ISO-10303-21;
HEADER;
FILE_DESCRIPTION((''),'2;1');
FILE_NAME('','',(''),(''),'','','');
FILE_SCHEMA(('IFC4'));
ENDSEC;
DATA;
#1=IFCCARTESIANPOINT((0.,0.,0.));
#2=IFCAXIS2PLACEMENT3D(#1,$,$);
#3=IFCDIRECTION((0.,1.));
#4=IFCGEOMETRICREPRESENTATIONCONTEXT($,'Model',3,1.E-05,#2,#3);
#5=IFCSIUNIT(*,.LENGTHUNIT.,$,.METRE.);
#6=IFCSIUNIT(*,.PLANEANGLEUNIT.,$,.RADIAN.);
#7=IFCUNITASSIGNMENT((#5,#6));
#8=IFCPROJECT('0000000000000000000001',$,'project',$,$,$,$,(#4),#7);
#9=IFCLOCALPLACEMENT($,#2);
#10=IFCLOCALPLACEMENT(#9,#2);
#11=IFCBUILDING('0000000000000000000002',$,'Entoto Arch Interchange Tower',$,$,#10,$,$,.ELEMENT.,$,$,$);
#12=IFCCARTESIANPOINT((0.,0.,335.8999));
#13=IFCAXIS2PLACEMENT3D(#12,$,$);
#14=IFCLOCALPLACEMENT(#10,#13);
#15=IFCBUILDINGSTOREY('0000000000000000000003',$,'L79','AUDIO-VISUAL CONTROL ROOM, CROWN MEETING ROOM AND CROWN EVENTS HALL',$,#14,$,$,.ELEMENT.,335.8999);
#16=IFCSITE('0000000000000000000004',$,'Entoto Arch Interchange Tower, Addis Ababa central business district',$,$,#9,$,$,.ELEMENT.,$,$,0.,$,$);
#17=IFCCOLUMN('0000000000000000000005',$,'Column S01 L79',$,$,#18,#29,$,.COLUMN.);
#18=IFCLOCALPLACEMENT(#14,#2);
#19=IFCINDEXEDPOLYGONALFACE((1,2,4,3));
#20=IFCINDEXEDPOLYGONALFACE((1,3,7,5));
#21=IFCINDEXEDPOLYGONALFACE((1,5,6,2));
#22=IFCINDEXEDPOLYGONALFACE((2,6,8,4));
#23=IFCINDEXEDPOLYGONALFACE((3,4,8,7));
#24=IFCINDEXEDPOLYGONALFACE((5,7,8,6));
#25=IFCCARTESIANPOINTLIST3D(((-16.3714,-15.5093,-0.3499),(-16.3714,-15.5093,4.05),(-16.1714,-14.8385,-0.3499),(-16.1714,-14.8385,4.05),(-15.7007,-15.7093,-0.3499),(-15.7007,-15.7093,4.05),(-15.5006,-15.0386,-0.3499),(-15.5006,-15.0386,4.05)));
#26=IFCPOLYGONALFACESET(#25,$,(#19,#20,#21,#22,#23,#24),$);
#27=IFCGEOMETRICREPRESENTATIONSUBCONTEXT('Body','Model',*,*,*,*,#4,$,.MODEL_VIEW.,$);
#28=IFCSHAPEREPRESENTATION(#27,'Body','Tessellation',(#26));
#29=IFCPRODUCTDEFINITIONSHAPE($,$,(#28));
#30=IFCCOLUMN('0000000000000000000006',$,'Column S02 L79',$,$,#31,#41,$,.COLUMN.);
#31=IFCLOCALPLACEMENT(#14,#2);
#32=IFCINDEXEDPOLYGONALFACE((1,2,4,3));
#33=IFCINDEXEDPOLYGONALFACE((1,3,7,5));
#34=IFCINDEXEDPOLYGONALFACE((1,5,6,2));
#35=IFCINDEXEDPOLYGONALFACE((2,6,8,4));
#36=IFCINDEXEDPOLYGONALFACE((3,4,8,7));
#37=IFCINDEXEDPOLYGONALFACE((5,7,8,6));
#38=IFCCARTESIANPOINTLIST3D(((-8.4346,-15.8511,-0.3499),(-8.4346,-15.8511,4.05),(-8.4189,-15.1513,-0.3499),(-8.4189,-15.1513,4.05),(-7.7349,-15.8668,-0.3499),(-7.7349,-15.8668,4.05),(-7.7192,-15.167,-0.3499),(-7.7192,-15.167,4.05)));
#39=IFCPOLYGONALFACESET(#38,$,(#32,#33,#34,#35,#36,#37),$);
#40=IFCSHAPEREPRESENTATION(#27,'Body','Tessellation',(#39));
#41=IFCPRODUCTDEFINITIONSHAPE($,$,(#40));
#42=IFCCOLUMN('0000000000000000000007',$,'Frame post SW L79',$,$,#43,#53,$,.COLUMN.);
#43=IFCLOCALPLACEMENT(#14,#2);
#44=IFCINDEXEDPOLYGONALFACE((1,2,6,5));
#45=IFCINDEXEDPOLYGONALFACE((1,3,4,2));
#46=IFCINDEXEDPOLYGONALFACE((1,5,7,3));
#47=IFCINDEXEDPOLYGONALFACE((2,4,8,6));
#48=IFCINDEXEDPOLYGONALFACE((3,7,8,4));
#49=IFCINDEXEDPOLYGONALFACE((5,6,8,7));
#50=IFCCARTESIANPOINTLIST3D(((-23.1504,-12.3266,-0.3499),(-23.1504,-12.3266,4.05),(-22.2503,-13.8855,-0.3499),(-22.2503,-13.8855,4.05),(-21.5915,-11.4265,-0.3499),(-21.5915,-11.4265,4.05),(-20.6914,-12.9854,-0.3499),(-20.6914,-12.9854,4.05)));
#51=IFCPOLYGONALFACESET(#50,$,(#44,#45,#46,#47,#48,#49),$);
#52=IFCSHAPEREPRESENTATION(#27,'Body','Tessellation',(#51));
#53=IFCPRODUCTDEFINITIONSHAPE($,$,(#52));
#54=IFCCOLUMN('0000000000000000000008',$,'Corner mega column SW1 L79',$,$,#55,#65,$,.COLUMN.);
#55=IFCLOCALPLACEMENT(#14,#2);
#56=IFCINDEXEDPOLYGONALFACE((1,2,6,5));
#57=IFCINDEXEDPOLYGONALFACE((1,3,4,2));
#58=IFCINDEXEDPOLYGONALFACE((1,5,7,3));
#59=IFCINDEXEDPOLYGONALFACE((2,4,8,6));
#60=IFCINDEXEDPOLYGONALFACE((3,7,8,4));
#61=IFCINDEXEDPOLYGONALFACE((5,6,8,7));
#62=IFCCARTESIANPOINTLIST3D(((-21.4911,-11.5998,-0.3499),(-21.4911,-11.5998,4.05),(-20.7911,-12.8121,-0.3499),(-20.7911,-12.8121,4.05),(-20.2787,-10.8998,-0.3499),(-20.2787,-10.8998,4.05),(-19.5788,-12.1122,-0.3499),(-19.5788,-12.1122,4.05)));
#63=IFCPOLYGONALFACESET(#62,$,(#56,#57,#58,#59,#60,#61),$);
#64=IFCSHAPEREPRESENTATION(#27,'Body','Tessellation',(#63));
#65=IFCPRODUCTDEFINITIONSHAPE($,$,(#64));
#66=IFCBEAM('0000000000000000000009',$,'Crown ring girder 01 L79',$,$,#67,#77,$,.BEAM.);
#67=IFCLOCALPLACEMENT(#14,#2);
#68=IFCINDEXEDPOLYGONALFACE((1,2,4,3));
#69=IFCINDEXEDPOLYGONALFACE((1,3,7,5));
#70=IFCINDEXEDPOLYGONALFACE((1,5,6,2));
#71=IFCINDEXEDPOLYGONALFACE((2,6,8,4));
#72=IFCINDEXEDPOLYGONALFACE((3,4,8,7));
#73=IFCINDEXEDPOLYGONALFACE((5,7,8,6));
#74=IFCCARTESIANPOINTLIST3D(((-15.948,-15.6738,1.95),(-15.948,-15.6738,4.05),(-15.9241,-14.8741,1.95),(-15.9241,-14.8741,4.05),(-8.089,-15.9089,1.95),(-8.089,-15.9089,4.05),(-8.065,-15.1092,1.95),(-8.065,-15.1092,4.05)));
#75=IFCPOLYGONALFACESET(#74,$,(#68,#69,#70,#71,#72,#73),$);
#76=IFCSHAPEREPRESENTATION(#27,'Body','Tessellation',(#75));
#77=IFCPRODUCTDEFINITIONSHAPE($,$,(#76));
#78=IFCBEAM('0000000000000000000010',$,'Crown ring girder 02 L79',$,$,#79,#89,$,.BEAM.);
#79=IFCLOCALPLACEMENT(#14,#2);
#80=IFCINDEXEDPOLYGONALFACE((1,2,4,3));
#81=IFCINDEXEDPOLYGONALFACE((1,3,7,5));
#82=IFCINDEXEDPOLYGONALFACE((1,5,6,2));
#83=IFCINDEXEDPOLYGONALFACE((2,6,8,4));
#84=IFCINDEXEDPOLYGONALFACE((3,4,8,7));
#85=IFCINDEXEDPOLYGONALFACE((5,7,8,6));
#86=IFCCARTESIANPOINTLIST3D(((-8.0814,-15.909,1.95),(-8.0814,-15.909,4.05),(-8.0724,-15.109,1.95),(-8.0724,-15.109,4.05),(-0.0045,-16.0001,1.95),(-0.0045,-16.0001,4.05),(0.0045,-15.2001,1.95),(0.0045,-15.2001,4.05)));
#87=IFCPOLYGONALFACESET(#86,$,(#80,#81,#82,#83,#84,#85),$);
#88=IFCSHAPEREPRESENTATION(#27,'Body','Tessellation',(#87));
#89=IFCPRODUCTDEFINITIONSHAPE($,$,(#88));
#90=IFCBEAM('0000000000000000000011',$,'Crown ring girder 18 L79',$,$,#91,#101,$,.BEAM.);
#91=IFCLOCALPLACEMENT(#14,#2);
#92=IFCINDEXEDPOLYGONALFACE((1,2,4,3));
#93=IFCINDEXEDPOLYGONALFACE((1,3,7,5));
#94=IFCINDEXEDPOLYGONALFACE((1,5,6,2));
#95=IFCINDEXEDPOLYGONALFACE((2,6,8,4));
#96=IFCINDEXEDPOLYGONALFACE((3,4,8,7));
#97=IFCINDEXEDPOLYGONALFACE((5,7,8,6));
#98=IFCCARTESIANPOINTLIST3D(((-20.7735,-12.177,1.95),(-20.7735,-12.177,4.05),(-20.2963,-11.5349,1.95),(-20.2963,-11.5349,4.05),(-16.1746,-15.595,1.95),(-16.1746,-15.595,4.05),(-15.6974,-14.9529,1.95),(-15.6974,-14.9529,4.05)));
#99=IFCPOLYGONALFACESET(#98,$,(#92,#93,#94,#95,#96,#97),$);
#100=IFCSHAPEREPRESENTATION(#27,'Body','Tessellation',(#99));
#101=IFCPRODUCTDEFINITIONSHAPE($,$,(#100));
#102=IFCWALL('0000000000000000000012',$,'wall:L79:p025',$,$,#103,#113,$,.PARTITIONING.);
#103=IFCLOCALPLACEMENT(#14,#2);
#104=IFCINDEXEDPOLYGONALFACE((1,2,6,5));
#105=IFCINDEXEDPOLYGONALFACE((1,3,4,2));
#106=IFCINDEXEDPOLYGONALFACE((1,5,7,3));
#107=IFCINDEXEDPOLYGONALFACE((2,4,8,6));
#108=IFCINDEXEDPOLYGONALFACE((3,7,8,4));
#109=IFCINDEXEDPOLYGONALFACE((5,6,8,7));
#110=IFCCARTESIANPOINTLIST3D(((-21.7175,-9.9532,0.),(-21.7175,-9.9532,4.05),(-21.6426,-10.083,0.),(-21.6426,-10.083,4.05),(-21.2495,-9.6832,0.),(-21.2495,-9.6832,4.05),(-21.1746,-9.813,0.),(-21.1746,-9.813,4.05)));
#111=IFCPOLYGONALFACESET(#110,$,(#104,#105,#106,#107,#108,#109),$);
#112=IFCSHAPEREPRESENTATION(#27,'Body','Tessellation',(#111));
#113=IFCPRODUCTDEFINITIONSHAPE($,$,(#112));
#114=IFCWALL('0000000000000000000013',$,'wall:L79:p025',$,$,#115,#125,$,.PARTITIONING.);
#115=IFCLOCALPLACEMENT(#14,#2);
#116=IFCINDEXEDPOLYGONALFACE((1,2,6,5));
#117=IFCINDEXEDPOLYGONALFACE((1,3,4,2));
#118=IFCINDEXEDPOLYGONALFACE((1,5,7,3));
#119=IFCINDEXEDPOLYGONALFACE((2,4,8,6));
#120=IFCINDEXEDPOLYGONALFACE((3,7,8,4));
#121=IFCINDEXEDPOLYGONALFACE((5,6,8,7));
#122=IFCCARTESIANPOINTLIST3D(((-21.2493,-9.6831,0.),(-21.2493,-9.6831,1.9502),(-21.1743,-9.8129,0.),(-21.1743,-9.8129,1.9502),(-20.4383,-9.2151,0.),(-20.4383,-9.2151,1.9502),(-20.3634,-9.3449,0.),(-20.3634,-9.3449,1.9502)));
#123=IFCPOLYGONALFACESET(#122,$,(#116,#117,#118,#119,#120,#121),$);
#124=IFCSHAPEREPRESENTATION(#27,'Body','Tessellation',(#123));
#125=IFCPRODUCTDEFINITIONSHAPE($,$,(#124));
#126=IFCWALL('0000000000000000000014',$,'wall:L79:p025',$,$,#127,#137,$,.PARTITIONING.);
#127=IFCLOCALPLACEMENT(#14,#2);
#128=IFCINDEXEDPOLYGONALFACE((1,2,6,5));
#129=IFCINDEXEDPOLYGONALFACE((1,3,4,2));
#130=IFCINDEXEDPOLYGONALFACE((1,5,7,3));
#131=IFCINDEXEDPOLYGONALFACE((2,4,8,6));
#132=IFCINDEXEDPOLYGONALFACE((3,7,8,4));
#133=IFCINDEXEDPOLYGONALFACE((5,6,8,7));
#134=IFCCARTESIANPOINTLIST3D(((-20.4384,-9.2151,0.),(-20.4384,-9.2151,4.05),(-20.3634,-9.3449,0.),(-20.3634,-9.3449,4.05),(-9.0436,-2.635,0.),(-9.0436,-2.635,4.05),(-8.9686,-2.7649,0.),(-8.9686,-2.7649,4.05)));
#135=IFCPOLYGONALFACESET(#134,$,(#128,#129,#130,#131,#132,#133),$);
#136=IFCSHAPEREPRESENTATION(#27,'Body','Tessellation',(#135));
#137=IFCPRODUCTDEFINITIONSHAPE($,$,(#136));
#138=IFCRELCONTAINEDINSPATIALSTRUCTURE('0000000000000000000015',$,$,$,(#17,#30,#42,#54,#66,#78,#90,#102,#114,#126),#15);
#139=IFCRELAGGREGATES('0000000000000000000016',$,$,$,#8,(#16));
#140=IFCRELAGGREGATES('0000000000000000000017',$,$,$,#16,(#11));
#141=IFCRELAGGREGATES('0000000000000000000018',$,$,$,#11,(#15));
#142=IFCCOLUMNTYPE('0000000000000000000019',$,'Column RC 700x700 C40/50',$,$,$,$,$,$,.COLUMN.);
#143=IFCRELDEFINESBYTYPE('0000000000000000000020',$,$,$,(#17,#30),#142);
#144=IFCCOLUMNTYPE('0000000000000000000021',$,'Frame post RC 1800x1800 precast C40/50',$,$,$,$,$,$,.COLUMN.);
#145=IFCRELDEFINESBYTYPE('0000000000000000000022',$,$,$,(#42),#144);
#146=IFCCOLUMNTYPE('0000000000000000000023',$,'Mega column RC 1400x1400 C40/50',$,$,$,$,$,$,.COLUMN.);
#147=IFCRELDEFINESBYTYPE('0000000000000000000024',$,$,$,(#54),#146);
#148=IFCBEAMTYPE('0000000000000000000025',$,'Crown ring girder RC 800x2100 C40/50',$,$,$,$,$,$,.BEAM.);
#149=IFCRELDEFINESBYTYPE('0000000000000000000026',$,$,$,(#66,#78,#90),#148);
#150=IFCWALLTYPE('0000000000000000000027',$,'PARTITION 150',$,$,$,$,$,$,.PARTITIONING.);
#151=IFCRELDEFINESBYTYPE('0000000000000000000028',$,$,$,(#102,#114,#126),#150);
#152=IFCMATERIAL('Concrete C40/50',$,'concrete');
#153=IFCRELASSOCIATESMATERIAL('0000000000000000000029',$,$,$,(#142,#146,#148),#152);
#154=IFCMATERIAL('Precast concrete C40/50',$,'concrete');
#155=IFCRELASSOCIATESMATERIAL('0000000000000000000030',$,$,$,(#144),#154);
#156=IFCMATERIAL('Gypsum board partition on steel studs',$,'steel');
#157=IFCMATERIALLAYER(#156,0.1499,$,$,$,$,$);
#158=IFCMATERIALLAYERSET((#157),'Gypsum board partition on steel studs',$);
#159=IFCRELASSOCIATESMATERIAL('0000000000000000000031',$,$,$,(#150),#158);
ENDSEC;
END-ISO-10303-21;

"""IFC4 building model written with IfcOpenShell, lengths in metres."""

from ifc_helpers import new_model, si_unit, direction, frame, frame_2d, origin, origin_2d, place, context, subcontext, project, spatial, rectangle, extrude, material, layer, layer_set, material_profile, profile_set, type_object, element, save


model = new_model("IFC4")

# Units and contexts
model_context = context("Model", 3, precision=1e-05, world=origin(), true_north=direction((0.0, 1.0)))
body_context = subcontext(model_context, "Body", "Model", "MODEL_VIEW")
ifc_project = project(units=[si_unit("LENGTHUNIT", "METRE"), si_unit("PLANEANGLEUNIT", "RADIAN")], contexts=[model_context])

# Site, building, storey
site_placement = place(None, origin())
site = spatial("IfcSite", under=ifc_project, at=site_placement, Name="Entoto Arch Interchange Tower, Addis Ababa central business district", CompositionType="ELEMENT", RefElevation=0.0)
building_placement = place(site_placement, origin())
building = spatial("IfcBuilding", under=site, at=building_placement, Name="Entoto Arch Interchange Tower", CompositionType="ELEMENT")
storey_placement = place(building_placement, frame((0.0, 0.0, 335.8999)))
storey = spatial("IfcBuildingStorey", under=building, at=storey_placement, Name="L79", Description="AUDIO-VISUAL CONTROL ROOM, CROWN MEETING ROOM AND CROWN EVENTS HALL", CompositionType="ELEMENT", Elevation=335.8999)

# Columns
ifc_material_1 = material(Name="Concrete C40/50", Category="concrete")
ifc_material_profile_1 = material_profile(ifc_material_1, rectangle(XDim=0.7, YDim=0.7, at=origin_2d()))
ifc_profile_set_1 = profile_set([ifc_material_profile_1], Name="Concrete C40/50")
column_type_1 = type_object("IfcColumnType", Name="Column RC 700x700 C40/50", PredefinedType="COLUMN", material=ifc_profile_set_1)
for number, where, z_axis, x_axis, name in (
    (1, (-15.936, -15.2739, -0.3499), (0.0, 0.0, 1.0), (-0.958288, 0.285805, 0.0), "Column S01 L79"),
    (2, (-8.0769, -15.509, -0.3499), (0.0, 0.0, 1.0), (-0.999748, 0.022443, 0.0), "Column S02 L79"),
):
    element("IfcColumn", number, at=place(storey_placement, frame(where, z_axis=z_axis, x_axis=x_axis)), inside=storey, type_object=column_type_1, Name=name, PredefinedType="COLUMN", context=body_context, shape_type="SweptSolid", body=[
        extrude(rectangle(XDim=0.7, YDim=0.7, at=origin_2d()), origin(), (0.0, 0.0, 1.0), 4.3999),
    ])
ifc_material_2 = material(Name="Precast concrete C40/50", Category="concrete")
ifc_material_profile_2 = material_profile(ifc_material_2, rectangle(XDim=1.8, YDim=1.8, at=origin_2d()))
ifc_profile_set_2 = profile_set([ifc_material_profile_2], Name="Precast concrete C40/50")
column_type_2 = type_object("IfcColumnType", Name="Frame post RC 1800x1800 precast C40/50", PredefinedType="COLUMN", material=ifc_profile_set_2)
column_1_placement = place(storey_placement, frame((-21.9209, -12.656, -0.3499), z_axis=(0.0, 0.0, 1.0), x_axis=(0.866025, 0.5, 0.0)))
element("IfcColumn", 3, at=column_1_placement, inside=storey, type_object=column_type_2, Name="Frame post SW L79", PredefinedType="COLUMN", context=body_context, shape_type="SweptSolid", body=[
    extrude(rectangle(XDim=1.8, YDim=1.8, at=origin_2d()), origin(), (0.0, 0.0, 1.0), 4.3999),
])
ifc_material_profile_3 = material_profile(ifc_material_1, rectangle(XDim=1.3999, YDim=1.3999, at=origin_2d()))
ifc_profile_set_3 = profile_set([ifc_material_profile_3], Name="Concrete C40/50")
column_type_3 = type_object("IfcColumnType", Name="Mega column RC 1400x1400 C40/50", PredefinedType="COLUMN", material=ifc_profile_set_3)
column_2_placement = place(storey_placement, frame((-20.5349, -11.856, -0.3499), z_axis=(0.0, 0.0, 1.0), x_axis=(0.866025, 0.5, 0.0)))
element("IfcColumn", 4, at=column_2_placement, inside=storey, type_object=column_type_3, Name="Corner mega column SW1 L79", PredefinedType="COLUMN", context=body_context, shape_type="SweptSolid", body=[
    extrude(rectangle(XDim=1.3999, YDim=1.3999, at=origin_2d()), origin(), (0.0, 0.0, 1.0), 4.3999),
])

# Beams
ifc_material_profile_4 = material_profile(ifc_material_1, rectangle(XDim=0.8, YDim=2.1001, at=origin_2d()))
ifc_profile_set_4 = profile_set([ifc_material_profile_4], Name="Concrete C40/50")
beam_type = type_object("IfcBeamType", Name="Crown ring girder RC 800x2100 C40/50", PredefinedType="BEAM", material=ifc_profile_set_4)
beam_1_placement = place(storey_placement, frame((-15.936, -15.2739, 3.0), z_axis=(0.999553, -0.029902, 0.0), x_axis=(0.029902, 0.999553, 0.0)))
element("IfcBeam", 5, at=beam_1_placement, inside=storey, type_object=beam_type, Name="Crown ring girder 01 L79", PredefinedType="BEAM", context=body_context, shape_type="SweptSolid", body=[
    extrude(rectangle(XDim=0.8, YDim=2.1001, at=origin_2d()), origin(), (0.0, 0.0, 1.0), 7.8625),
])
beam_2_placement = place(storey_placement, frame((-8.0769, -15.509, 3.0), z_axis=(0.999936, -0.011274, 0.0), x_axis=(0.011274, 0.999936, 0.0)))
element("IfcBeam", 6, at=beam_2_placement, inside=storey, type_object=beam_type, Name="Crown ring girder 02 L79", PredefinedType="BEAM", context=body_context, shape_type="SweptSolid", body=[
    extrude(rectangle(XDim=0.8, YDim=2.1001, at=origin_2d()), origin(), (0.0, 0.0, 1.0), 8.0774),
])
beam_3_placement = place(storey_placement, frame((-20.5349, -11.856, 3.0), z_axis=(0.802605, -0.596511, 0.0), x_axis=(0.596511, 0.802605, 0.0)))
element("IfcBeam", 7, at=beam_3_placement, inside=storey, type_object=beam_type, Name="Crown ring girder 18 L79", PredefinedType="BEAM", context=body_context, shape_type="SweptSolid", body=[
    extrude(rectangle(XDim=0.8, YDim=2.1001, at=origin_2d()), origin(), (0.0, 0.0, 1.0), 5.73),
])

# Walls
ifc_material_3 = material(Name="Gypsum board partition on steel studs", Category="steel")
ifc_layer_1 = layer(ifc_material_3, 0.1499)
ifc_layer_set_1 = layer_set([ifc_layer_1], Name="Gypsum board partition on steel studs")
wall_type_1 = type_object("IfcWallType", Name="PARTITION 150", PredefinedType="PARTITIONING", material=ifc_layer_set_1)
wall_1_placement = place(storey_placement, frame((-21.6799, -10.0181, 0.0), z_axis=(0.0, 0.0, 1.0), x_axis=(0.866178, 0.499735, 0.0)))
element("IfcWall", 8, at=wall_1_placement, inside=storey, type_object=wall_type_1, Name="wall:L79:p025", PredefinedType="PARTITIONING", context=body_context, shape_type="SweptSolid", body=[
    extrude(rectangle(XDim=0.5403, YDim=0.1499, at=frame_2d((0.27, 0.0))), origin(), (0.0, 0.0, 1.0), 4.05),
])
wall_2_placement = place(storey_placement, frame((-21.2119, -9.748, 0.0), z_axis=(0.0, 0.0, 1.0), x_axis=(0.866133, 0.499813, 0.0)))
element("IfcWall", 9, at=wall_2_placement, inside=storey, type_object=wall_type_1, Name="wall:L79:p025", PredefinedType="PARTITIONING", context=body_context, shape_type="SweptSolid", body=[
    extrude(rectangle(XDim=0.9363, YDim=0.1499, at=frame_2d((0.4683, 0.0))), origin(), (0.0, 0.0, 1.0), 1.9502),
])
wall_3_placement = place(storey_placement, frame((-20.4009, -9.28, 0.0), z_axis=(0.0, 0.0, 1.0), x_axis=(0.865983, 0.500074, 0.0)))
element("IfcWall", 10, at=wall_3_placement, inside=storey, type_object=wall_type_1, Name="wall:L79:p025", PredefinedType="PARTITIONING", context=body_context, shape_type="SweptSolid", body=[
    extrude(rectangle(XDim=13.1582, YDim=0.1499, at=frame_2d((6.5791, 0.0))), origin(), (0.0, 0.0, 1.0), 4.05),
])

save(model, "model.ifc")
